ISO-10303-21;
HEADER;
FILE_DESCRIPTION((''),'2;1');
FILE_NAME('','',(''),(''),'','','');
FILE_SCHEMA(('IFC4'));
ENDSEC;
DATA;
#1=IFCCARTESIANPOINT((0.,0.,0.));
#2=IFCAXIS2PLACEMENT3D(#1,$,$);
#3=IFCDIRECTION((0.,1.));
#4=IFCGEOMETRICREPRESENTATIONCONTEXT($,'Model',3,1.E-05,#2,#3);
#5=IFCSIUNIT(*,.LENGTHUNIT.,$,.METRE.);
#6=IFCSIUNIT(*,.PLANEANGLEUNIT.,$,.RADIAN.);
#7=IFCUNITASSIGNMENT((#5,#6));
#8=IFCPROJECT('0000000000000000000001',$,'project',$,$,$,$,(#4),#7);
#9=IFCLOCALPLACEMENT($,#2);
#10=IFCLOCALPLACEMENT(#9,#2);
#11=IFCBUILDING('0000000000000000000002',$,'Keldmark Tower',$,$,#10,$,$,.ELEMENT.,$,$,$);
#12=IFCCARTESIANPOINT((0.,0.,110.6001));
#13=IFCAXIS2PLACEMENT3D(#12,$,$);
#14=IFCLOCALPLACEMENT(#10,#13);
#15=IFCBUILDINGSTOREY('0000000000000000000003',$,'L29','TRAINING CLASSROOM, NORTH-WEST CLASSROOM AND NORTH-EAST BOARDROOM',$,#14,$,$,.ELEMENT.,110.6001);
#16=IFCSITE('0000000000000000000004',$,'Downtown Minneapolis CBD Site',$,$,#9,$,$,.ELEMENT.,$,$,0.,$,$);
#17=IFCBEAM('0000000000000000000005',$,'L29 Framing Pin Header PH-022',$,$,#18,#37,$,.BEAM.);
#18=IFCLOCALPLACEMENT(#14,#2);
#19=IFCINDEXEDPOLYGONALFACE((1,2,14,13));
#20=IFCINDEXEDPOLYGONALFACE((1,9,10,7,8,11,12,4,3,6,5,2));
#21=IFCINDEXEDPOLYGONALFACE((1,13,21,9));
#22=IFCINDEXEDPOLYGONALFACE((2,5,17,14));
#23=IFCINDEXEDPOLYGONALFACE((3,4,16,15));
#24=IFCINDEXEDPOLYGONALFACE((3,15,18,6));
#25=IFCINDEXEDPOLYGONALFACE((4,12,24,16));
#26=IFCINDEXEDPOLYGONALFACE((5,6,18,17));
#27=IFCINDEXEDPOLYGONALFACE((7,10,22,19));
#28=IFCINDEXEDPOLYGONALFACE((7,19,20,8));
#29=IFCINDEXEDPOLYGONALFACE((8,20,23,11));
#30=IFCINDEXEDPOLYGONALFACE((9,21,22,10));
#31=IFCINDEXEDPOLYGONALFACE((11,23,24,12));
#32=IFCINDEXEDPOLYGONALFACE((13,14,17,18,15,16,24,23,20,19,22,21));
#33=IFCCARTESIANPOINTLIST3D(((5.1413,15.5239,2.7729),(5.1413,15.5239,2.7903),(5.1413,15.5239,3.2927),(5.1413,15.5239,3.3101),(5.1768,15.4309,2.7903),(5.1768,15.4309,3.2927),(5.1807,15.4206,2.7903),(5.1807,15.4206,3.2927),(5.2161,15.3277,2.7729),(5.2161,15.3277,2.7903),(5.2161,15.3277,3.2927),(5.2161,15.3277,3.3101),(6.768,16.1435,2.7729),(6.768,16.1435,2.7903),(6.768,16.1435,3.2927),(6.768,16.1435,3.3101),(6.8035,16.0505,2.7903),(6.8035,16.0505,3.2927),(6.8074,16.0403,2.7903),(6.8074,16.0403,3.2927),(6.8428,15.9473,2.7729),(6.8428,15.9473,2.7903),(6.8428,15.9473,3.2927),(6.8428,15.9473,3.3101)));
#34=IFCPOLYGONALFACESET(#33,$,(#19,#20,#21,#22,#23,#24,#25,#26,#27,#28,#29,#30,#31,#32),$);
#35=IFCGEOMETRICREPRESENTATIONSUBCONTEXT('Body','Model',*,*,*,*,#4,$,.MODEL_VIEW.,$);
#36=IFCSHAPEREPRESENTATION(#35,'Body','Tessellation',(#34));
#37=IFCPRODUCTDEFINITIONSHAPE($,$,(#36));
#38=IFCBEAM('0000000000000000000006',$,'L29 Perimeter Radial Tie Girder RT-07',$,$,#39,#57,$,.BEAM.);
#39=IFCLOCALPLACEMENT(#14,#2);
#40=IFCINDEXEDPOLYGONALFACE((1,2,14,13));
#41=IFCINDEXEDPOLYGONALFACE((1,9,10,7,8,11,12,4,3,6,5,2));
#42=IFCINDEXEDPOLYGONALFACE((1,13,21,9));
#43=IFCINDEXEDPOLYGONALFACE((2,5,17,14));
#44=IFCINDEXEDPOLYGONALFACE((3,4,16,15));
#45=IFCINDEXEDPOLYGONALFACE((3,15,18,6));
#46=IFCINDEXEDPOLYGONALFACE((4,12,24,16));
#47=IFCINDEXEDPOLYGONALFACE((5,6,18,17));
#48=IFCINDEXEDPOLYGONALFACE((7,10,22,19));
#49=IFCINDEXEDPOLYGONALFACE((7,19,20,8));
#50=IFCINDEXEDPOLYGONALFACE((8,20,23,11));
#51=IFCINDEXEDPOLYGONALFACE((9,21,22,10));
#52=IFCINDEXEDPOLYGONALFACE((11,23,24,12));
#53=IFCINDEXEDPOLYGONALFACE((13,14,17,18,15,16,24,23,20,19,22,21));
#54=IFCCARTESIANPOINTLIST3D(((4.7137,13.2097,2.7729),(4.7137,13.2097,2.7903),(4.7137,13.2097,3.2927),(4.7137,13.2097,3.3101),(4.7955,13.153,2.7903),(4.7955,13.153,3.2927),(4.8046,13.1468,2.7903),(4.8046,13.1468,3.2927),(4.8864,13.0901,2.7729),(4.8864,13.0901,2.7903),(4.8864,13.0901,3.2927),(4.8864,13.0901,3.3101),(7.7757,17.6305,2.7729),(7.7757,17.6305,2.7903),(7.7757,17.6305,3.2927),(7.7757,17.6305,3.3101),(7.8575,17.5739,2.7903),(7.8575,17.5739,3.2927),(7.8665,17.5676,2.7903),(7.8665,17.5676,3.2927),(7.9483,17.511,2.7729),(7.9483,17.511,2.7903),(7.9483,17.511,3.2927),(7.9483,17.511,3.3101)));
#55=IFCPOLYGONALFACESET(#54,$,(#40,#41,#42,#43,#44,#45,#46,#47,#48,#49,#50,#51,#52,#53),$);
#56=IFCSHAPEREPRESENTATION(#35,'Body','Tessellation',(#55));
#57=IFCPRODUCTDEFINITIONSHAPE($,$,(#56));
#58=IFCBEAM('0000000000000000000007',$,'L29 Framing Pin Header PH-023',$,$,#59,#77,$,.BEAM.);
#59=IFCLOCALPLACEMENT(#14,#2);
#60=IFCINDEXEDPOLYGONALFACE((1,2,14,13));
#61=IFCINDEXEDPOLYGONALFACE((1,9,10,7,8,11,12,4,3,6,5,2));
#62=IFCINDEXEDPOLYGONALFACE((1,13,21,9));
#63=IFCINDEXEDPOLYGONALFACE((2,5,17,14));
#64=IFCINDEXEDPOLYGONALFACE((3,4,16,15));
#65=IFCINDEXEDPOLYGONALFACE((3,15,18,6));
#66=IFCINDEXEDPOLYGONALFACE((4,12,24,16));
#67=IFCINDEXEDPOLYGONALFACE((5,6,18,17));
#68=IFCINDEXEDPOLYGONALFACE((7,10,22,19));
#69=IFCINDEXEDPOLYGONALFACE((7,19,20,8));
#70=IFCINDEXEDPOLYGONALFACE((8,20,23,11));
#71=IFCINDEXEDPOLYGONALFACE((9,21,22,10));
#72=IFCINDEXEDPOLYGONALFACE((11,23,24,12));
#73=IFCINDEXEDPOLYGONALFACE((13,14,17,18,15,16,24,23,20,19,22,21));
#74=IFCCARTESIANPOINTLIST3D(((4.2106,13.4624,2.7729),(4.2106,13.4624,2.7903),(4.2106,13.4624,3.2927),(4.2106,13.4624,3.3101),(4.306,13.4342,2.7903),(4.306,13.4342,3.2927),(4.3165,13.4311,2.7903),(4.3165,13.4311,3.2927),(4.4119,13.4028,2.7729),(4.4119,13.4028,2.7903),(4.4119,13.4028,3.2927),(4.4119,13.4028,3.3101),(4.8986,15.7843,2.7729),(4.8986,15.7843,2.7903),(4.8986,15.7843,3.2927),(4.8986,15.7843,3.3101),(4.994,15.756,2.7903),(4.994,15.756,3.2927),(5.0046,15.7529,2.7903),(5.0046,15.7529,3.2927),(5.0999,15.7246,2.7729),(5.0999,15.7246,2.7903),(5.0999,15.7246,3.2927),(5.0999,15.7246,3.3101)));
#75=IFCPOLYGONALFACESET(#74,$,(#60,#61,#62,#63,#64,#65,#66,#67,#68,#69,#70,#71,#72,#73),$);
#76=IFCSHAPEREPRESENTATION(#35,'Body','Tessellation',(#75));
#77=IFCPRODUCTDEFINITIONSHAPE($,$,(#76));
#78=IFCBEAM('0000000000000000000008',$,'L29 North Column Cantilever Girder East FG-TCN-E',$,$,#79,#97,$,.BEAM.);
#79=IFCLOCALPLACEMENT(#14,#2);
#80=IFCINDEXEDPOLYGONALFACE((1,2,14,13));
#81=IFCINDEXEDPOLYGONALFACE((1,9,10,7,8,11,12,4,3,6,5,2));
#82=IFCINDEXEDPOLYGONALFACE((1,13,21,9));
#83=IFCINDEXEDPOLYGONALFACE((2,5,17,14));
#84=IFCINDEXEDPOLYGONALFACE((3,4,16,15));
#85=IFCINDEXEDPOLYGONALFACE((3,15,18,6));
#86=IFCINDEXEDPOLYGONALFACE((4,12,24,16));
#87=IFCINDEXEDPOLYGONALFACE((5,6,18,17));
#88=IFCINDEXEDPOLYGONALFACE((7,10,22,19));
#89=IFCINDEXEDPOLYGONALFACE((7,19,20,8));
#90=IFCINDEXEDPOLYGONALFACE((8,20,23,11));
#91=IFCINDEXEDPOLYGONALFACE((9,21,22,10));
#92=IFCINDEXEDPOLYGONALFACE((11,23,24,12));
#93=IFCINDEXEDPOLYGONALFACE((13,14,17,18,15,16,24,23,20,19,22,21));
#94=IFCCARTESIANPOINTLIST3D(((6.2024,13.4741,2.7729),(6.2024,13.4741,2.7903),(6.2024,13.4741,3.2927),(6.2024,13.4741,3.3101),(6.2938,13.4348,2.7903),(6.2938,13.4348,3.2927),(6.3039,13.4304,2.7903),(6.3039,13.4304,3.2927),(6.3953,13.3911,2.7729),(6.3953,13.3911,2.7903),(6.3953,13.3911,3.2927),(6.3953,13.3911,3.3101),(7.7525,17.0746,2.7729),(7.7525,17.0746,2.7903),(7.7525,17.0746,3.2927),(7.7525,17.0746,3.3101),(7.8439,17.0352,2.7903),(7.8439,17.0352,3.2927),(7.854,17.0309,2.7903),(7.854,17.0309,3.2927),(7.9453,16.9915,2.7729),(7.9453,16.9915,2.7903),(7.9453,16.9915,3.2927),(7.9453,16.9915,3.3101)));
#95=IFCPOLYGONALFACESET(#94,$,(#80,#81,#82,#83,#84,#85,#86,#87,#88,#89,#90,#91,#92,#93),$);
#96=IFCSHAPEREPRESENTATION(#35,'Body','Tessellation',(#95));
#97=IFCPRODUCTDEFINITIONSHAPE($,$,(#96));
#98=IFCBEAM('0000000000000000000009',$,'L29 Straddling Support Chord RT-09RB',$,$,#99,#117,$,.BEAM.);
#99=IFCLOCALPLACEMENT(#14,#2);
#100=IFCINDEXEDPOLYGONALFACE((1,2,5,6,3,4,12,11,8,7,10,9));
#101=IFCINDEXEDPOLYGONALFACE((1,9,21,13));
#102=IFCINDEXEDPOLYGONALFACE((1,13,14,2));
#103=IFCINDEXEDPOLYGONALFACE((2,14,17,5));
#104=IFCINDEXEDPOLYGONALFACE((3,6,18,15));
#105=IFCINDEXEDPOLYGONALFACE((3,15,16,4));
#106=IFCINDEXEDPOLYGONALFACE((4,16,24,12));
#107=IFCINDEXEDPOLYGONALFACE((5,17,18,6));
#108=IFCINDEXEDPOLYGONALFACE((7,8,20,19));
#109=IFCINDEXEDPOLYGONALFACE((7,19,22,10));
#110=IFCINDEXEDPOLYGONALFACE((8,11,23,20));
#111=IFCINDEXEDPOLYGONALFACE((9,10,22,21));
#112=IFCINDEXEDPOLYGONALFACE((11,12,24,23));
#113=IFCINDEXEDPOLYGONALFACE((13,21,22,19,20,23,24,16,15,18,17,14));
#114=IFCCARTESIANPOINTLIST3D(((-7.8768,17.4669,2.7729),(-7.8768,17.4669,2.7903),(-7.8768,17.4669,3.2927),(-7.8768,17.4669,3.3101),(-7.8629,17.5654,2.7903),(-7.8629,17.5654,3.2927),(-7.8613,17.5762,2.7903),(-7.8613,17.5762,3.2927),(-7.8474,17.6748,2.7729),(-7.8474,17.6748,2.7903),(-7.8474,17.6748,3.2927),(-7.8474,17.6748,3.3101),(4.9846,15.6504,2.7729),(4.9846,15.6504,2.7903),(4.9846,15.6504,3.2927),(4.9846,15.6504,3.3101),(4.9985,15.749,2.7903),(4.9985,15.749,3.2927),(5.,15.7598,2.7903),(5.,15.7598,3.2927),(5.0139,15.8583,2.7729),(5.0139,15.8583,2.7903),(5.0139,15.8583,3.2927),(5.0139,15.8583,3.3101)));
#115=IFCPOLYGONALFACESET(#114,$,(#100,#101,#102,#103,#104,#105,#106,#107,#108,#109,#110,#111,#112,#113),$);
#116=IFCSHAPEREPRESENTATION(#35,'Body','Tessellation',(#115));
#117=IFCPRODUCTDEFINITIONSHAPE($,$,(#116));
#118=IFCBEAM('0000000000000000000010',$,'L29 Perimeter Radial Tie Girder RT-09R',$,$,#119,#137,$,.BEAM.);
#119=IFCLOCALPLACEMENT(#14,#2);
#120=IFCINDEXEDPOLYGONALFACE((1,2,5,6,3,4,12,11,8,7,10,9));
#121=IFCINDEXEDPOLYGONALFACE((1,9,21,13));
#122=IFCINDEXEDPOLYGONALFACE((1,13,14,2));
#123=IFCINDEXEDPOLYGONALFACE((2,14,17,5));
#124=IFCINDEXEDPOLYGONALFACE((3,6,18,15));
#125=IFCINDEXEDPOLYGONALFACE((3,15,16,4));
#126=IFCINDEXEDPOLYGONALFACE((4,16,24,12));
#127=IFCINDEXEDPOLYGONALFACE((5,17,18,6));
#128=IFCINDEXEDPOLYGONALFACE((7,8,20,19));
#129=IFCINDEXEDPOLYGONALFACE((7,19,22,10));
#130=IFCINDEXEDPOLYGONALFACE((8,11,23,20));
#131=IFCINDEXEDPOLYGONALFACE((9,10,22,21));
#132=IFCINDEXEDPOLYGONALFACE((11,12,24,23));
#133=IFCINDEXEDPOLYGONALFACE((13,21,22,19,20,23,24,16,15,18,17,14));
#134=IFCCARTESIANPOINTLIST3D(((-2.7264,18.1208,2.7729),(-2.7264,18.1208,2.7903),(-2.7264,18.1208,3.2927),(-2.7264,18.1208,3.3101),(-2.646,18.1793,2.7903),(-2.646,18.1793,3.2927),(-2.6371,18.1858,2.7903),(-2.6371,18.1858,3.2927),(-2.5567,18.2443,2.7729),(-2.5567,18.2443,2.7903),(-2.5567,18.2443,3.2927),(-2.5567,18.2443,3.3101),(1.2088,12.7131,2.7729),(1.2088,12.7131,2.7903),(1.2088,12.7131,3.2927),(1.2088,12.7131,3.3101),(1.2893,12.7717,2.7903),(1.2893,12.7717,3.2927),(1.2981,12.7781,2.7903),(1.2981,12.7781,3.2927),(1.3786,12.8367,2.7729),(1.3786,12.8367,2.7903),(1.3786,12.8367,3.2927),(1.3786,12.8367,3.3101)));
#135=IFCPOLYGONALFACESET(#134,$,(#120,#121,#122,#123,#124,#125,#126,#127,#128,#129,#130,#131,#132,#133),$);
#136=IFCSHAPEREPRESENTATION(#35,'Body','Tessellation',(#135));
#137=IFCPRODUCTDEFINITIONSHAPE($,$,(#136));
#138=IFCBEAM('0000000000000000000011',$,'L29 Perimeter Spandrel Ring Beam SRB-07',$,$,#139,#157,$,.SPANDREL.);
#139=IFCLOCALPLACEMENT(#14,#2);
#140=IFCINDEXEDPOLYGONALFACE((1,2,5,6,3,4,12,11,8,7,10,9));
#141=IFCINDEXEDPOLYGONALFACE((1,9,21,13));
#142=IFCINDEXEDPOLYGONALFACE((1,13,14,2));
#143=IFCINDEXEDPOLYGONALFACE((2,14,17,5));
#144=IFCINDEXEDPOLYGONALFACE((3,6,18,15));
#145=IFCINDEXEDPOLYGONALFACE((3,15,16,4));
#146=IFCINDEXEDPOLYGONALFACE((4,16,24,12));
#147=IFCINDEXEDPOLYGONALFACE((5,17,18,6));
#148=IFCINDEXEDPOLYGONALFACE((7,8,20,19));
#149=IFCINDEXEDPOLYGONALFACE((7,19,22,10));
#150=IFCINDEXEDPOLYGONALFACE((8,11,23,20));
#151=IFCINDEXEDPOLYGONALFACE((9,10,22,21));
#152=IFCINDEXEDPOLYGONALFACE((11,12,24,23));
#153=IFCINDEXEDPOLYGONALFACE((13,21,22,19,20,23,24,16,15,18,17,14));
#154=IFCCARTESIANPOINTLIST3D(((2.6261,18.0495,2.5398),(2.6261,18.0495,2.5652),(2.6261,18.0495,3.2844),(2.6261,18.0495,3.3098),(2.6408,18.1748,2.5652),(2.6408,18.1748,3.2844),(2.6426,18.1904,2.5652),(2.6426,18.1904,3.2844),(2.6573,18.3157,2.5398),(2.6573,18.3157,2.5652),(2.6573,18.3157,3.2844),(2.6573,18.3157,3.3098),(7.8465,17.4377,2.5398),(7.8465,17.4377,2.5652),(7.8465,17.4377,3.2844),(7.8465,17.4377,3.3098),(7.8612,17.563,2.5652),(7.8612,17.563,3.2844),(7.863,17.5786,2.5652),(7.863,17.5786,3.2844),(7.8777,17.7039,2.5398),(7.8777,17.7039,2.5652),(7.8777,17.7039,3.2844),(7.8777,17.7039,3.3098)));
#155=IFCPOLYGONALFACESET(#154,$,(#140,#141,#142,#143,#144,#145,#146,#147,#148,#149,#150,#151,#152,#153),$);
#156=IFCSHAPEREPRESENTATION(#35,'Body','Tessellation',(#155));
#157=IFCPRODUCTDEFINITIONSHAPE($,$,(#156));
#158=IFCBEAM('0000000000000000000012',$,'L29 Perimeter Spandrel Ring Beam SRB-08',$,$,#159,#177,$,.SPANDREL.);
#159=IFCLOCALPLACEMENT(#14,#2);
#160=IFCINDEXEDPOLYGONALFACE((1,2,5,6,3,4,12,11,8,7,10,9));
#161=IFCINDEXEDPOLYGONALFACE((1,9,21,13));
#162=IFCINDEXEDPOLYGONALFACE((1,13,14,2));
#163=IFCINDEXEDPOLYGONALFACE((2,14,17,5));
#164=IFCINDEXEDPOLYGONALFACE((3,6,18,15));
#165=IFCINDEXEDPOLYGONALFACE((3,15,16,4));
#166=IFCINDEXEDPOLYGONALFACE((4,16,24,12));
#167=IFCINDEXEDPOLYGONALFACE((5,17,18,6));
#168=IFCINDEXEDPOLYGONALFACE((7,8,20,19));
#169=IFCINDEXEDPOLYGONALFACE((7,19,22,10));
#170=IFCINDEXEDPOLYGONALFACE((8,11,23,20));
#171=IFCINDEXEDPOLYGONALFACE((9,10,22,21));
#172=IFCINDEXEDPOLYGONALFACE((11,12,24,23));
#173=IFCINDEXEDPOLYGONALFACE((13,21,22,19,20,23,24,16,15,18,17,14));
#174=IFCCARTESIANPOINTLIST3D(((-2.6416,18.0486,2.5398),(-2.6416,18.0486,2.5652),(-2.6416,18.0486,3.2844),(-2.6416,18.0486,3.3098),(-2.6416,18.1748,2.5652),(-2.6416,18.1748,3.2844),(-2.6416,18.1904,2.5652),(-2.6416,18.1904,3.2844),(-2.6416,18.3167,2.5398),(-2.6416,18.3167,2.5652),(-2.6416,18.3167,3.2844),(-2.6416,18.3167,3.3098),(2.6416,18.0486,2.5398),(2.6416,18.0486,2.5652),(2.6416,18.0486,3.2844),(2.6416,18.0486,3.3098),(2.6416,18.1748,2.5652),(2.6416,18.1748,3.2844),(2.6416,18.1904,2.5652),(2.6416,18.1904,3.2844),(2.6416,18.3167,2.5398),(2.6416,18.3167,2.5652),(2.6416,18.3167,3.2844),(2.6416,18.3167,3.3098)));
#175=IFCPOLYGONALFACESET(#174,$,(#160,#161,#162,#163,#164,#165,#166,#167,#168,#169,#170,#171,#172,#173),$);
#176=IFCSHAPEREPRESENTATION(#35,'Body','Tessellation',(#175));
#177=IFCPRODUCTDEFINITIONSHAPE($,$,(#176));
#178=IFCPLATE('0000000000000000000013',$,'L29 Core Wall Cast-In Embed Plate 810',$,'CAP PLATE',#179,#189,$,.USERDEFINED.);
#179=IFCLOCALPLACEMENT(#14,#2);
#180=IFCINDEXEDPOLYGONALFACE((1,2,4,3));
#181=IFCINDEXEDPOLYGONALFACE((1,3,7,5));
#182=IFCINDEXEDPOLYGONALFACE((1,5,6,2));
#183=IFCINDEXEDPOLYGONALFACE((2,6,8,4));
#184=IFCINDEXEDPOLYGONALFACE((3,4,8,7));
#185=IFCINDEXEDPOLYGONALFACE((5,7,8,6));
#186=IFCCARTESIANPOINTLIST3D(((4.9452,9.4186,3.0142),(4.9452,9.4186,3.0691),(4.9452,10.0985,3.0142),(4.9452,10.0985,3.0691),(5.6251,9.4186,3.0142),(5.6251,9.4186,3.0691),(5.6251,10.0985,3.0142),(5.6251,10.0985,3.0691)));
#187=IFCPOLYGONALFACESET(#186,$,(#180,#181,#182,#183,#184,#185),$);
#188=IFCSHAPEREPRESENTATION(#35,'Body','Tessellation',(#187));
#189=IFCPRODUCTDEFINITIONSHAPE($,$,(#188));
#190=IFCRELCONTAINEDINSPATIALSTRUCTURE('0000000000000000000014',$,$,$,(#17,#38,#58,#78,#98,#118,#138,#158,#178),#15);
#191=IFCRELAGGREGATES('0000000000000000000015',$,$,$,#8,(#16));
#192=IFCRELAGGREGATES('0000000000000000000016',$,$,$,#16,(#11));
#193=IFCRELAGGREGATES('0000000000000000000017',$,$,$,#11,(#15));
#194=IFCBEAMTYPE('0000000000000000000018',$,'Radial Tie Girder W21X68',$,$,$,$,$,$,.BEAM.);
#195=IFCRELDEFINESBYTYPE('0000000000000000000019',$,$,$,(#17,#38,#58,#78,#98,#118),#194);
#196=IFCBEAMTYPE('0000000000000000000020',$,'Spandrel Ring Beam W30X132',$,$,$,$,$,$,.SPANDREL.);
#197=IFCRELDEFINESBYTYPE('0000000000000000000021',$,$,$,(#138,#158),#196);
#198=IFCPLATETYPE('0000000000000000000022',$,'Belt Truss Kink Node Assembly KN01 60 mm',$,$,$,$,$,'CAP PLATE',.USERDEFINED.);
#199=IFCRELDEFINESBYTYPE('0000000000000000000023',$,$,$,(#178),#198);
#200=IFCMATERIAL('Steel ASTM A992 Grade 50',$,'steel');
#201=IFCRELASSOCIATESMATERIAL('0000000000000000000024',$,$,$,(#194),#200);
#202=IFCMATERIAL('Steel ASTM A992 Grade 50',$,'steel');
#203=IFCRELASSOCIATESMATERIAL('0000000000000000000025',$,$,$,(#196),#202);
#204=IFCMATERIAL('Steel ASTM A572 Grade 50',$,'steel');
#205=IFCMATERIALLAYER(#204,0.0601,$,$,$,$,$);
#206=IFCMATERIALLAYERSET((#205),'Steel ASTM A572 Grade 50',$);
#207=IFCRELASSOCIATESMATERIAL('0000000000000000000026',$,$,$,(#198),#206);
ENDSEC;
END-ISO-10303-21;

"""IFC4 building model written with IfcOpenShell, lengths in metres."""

from ifc_helpers import new_model, si_unit, direction, frame, origin, origin_2d, place, context, subcontext, project, spatial, rectangle, i_section, extrude, material, layer, layer_set, material_profile, profile_set, type_object, element, save


model = new_model("IFC4")

# Units and contexts
model_context = context("Model", 3, precision=1e-05, world=origin(), true_north=direction((0.0, 1.0)))
body_context = subcontext(model_context, "Body", "Model", "MODEL_VIEW")
ifc_project = project(units=[si_unit("LENGTHUNIT", "METRE"), si_unit("PLANEANGLEUNIT", "RADIAN")], contexts=[model_context])

# Site, building, storey
site_placement = place(None, origin())
site = spatial("IfcSite", under=ifc_project, at=site_placement, Name="Downtown Minneapolis CBD Site", CompositionType="ELEMENT", RefElevation=0.0)
building_placement = place(site_placement, origin())
building = spatial("IfcBuilding", under=site, at=building_placement, Name="Keldmark Tower", CompositionType="ELEMENT")
storey_placement = place(building_placement, frame((0.0, 0.0, 110.6001)))
storey = spatial("IfcBuildingStorey", under=building, at=storey_placement, Name="L29", Description="TRAINING CLASSROOM, NORTH-WEST CLASSROOM AND NORTH-EAST BOARDROOM", CompositionType="ELEMENT", Elevation=110.6001)

# Beams
ifc_material_1 = material(Name="Steel ASTM A992 Grade 50", Category="steel")
ifc_material_profile_1 = material_profile(ifc_material_1, i_section(OverallWidth=0.21, OverallDepth=0.5371, WebThickness=0.011, FlangeThickness=0.0173, at=origin_2d()), Name="W21X68")
ifc_profile_set_1 = profile_set([ifc_material_profile_1], Name="Steel ASTM A992 Grade 50")
beam_type_1 = type_object("IfcBeamType", Name="Radial Tie Girder W21X68", PredefinedType="BEAM", material=ifc_profile_set_1)
beam_1_placement = place(storey_placement, frame((5.1787, 15.4258, 3.0415), z_axis=(0.934501, 0.35596, 0.0), x_axis=(-0.35596, 0.934501, 0.0)))
element("IfcBeam", 1, at=beam_1_placement, inside=storey, type_object=beam_type_1, Name="L29 Framing Pin Header PH-022", PredefinedType="BEAM", context=body_context, shape_type="SweptSolid", body=[
    extrude(i_section(OverallWidth=0.21, OverallDepth=0.5371, WebThickness=0.011, FlangeThickness=0.0173, at=origin_2d()), origin(), (0.0, 0.0, 1.0), 1.7407),
])
beam_2_placement = place(storey_placement, frame((4.8, 13.1499, 3.0415), z_axis=(0.569385, 0.822071, 0.0), x_axis=(-0.822071, 0.569385, 0.0)))
element("IfcBeam", 2, at=beam_2_placement, inside=storey, type_object=beam_type_1, Name="L29 Perimeter Radial Tie Girder RT-07", PredefinedType="BEAM", context=body_context, shape_type="SweptSolid", body=[
    extrude(i_section(OverallWidth=0.21, OverallDepth=0.5371, WebThickness=0.011, FlangeThickness=0.0173, at=origin_2d()), origin(), (0.0, 0.0, 1.0), 5.3777),
])
beam_3_placement = place(storey_placement, frame((4.3113, 13.4326, 3.0415), z_axis=(0.284109, 0.958792, 0.0), x_axis=(-0.958792, 0.284109, 0.0)))
element("IfcBeam", 3, at=beam_3_placement, inside=storey, type_object=beam_type_1, Name="L29 Framing Pin Header PH-023", PredefinedType="BEAM", context=body_context, shape_type="SweptSolid", body=[
    extrude(i_section(OverallWidth=0.21, OverallDepth=0.5371, WebThickness=0.011, FlangeThickness=0.0173, at=origin_2d()), origin(), (0.0, 0.0, 1.0), 2.4216),
])
beam_4_placement = place(storey_placement, frame((6.2988, 13.4326, 3.0415), z_axis=(0.395437, 0.918493, 0.0), x_axis=(-0.918493, 0.395437, 0.0)))
element("IfcBeam", 4, at=beam_4_placement, inside=storey, type_object=beam_type_1, Name="L29 North Column Cantilever Girder East FG-TCN-E", PredefinedType="BEAM", context=body_context, shape_type="SweptSolid", body=[
    extrude(i_section(OverallWidth=0.21, OverallDepth=0.5371, WebThickness=0.011, FlangeThickness=0.0173, at=origin_2d()), origin(), (0.0, 0.0, 1.0), 3.9199),
])
beam_5_placement = place(storey_placement, frame((4.9993, 15.7544, 3.0415), z_axis=(-0.990174, 0.139842, 0.0), x_axis=(-0.139842, -0.990174, 0.0)))
element("IfcBeam", 5, at=beam_5_placement, inside=storey, type_object=beam_type_1, Name="L29 Straddling Support Chord RT-09RB", PredefinedType="BEAM", context=body_context, shape_type="SweptSolid", body=[
    extrude(i_section(OverallWidth=0.21, OverallDepth=0.5371, WebThickness=0.011, FlangeThickness=0.0173, at=origin_2d()), origin(), (0.0, 0.0, 1.0), 12.989),
])
beam_6_placement = place(storey_placement, frame((1.2937, 12.7749, 3.0415), z_axis=(-0.588408, 0.808564, 0.0), x_axis=(-0.808564, -0.588408, 0.0)))
element("IfcBeam", 6, at=beam_6_placement, inside=storey, type_object=beam_type_1, Name="L29 Perimeter Radial Tie Girder RT-09R", PredefinedType="BEAM", context=body_context, shape_type="SweptSolid", body=[
    extrude(i_section(OverallWidth=0.21, OverallDepth=0.5371, WebThickness=0.011, FlangeThickness=0.0173, at=origin_2d()), origin(), (0.0, 0.0, 1.0), 6.688),
])
ifc_material_2 = material(Name="Steel ASTM A992 Grade 50", Category="steel")
ifc_material_profile_2 = material_profile(ifc_material_2, i_section(OverallWidth=0.2681, OverallDepth=0.77, WebThickness=0.0156, FlangeThickness=0.0254, at=origin_2d()), Name="W30X132")
ifc_profile_set_2 = profile_set([ifc_material_profile_2], Name="Steel ASTM A992 Grade 50")
beam_type_2 = type_object("IfcBeamType", Name="Spandrel Ring Beam W30X132", PredefinedType="SPANDREL", material=ifc_profile_set_2)
beam_7_placement = place(storey_placement, frame((7.8621, 17.5708, 2.9248), z_axis=(-0.993203, 0.116399, 0.0), x_axis=(-0.116399, -0.993203, 0.0)))
element("IfcBeam", 7, at=beam_7_placement, inside=storey, type_object=beam_type_2, Name="L29 Perimeter Spandrel Ring Beam SRB-07", PredefinedType="SPANDREL", context=body_context, shape_type="SweptSolid", body=[
    extrude(i_section(OverallWidth=0.2681, OverallDepth=0.77, WebThickness=0.0156, FlangeThickness=0.0254, at=origin_2d()), origin(), (0.0, 0.0, 1.0), 5.2561),
])
beam_8_placement = place(storey_placement, frame((2.6416, 18.1826, 2.9248), z_axis=(-1.0, 0.0, 0.0), x_axis=(0.0, -1.0, 0.0)))
element("IfcBeam", 8, at=beam_8_placement, inside=storey, type_object=beam_type_2, Name="L29 Perimeter Spandrel Ring Beam SRB-08", PredefinedType="SPANDREL", context=body_context, shape_type="SweptSolid", body=[
    extrude(i_section(OverallWidth=0.2681, OverallDepth=0.77, WebThickness=0.0156, FlangeThickness=0.0254, at=origin_2d()), origin(), (0.0, 0.0, 1.0), 5.2832),
])

# Plate
ifc_material_3 = material(Name="Steel ASTM A572 Grade 50", Category="steel")
ifc_layer_1 = layer(ifc_material_3, 0.0601)
ifc_layer_set_1 = layer_set([ifc_layer_1], Name="Steel ASTM A572 Grade 50")
plate_type_1 = type_object("IfcPlateType", Name="Belt Truss Kink Node Assembly KN01 60 mm", ElementType="CAP PLATE", PredefinedType="USERDEFINED", material=ifc_layer_set_1)
for number, where, z_axis, x_axis, name in (
    (9, (5.2852, 9.7585, 3.0142), (0.0, 0.0, 1.0), (1.0, 0.0, 0.0), "L29 Core Wall Cast-In Embed Plate 810"),
):
    element("IfcPlate", number, at=place(storey_placement, frame(where, z_axis=z_axis, x_axis=x_axis)), inside=storey, type_object=plate_type_1, Name=name, ObjectType="CAP PLATE", PredefinedType="USERDEFINED", context=body_context, shape_type="SweptSolid", body=[
        extrude(rectangle(XDim=0.6799, YDim=0.6799, at=origin_2d()), origin(), (0.0, 0.0, 1.0), 0.0549),
    ])

save(model, "model.ifc")
